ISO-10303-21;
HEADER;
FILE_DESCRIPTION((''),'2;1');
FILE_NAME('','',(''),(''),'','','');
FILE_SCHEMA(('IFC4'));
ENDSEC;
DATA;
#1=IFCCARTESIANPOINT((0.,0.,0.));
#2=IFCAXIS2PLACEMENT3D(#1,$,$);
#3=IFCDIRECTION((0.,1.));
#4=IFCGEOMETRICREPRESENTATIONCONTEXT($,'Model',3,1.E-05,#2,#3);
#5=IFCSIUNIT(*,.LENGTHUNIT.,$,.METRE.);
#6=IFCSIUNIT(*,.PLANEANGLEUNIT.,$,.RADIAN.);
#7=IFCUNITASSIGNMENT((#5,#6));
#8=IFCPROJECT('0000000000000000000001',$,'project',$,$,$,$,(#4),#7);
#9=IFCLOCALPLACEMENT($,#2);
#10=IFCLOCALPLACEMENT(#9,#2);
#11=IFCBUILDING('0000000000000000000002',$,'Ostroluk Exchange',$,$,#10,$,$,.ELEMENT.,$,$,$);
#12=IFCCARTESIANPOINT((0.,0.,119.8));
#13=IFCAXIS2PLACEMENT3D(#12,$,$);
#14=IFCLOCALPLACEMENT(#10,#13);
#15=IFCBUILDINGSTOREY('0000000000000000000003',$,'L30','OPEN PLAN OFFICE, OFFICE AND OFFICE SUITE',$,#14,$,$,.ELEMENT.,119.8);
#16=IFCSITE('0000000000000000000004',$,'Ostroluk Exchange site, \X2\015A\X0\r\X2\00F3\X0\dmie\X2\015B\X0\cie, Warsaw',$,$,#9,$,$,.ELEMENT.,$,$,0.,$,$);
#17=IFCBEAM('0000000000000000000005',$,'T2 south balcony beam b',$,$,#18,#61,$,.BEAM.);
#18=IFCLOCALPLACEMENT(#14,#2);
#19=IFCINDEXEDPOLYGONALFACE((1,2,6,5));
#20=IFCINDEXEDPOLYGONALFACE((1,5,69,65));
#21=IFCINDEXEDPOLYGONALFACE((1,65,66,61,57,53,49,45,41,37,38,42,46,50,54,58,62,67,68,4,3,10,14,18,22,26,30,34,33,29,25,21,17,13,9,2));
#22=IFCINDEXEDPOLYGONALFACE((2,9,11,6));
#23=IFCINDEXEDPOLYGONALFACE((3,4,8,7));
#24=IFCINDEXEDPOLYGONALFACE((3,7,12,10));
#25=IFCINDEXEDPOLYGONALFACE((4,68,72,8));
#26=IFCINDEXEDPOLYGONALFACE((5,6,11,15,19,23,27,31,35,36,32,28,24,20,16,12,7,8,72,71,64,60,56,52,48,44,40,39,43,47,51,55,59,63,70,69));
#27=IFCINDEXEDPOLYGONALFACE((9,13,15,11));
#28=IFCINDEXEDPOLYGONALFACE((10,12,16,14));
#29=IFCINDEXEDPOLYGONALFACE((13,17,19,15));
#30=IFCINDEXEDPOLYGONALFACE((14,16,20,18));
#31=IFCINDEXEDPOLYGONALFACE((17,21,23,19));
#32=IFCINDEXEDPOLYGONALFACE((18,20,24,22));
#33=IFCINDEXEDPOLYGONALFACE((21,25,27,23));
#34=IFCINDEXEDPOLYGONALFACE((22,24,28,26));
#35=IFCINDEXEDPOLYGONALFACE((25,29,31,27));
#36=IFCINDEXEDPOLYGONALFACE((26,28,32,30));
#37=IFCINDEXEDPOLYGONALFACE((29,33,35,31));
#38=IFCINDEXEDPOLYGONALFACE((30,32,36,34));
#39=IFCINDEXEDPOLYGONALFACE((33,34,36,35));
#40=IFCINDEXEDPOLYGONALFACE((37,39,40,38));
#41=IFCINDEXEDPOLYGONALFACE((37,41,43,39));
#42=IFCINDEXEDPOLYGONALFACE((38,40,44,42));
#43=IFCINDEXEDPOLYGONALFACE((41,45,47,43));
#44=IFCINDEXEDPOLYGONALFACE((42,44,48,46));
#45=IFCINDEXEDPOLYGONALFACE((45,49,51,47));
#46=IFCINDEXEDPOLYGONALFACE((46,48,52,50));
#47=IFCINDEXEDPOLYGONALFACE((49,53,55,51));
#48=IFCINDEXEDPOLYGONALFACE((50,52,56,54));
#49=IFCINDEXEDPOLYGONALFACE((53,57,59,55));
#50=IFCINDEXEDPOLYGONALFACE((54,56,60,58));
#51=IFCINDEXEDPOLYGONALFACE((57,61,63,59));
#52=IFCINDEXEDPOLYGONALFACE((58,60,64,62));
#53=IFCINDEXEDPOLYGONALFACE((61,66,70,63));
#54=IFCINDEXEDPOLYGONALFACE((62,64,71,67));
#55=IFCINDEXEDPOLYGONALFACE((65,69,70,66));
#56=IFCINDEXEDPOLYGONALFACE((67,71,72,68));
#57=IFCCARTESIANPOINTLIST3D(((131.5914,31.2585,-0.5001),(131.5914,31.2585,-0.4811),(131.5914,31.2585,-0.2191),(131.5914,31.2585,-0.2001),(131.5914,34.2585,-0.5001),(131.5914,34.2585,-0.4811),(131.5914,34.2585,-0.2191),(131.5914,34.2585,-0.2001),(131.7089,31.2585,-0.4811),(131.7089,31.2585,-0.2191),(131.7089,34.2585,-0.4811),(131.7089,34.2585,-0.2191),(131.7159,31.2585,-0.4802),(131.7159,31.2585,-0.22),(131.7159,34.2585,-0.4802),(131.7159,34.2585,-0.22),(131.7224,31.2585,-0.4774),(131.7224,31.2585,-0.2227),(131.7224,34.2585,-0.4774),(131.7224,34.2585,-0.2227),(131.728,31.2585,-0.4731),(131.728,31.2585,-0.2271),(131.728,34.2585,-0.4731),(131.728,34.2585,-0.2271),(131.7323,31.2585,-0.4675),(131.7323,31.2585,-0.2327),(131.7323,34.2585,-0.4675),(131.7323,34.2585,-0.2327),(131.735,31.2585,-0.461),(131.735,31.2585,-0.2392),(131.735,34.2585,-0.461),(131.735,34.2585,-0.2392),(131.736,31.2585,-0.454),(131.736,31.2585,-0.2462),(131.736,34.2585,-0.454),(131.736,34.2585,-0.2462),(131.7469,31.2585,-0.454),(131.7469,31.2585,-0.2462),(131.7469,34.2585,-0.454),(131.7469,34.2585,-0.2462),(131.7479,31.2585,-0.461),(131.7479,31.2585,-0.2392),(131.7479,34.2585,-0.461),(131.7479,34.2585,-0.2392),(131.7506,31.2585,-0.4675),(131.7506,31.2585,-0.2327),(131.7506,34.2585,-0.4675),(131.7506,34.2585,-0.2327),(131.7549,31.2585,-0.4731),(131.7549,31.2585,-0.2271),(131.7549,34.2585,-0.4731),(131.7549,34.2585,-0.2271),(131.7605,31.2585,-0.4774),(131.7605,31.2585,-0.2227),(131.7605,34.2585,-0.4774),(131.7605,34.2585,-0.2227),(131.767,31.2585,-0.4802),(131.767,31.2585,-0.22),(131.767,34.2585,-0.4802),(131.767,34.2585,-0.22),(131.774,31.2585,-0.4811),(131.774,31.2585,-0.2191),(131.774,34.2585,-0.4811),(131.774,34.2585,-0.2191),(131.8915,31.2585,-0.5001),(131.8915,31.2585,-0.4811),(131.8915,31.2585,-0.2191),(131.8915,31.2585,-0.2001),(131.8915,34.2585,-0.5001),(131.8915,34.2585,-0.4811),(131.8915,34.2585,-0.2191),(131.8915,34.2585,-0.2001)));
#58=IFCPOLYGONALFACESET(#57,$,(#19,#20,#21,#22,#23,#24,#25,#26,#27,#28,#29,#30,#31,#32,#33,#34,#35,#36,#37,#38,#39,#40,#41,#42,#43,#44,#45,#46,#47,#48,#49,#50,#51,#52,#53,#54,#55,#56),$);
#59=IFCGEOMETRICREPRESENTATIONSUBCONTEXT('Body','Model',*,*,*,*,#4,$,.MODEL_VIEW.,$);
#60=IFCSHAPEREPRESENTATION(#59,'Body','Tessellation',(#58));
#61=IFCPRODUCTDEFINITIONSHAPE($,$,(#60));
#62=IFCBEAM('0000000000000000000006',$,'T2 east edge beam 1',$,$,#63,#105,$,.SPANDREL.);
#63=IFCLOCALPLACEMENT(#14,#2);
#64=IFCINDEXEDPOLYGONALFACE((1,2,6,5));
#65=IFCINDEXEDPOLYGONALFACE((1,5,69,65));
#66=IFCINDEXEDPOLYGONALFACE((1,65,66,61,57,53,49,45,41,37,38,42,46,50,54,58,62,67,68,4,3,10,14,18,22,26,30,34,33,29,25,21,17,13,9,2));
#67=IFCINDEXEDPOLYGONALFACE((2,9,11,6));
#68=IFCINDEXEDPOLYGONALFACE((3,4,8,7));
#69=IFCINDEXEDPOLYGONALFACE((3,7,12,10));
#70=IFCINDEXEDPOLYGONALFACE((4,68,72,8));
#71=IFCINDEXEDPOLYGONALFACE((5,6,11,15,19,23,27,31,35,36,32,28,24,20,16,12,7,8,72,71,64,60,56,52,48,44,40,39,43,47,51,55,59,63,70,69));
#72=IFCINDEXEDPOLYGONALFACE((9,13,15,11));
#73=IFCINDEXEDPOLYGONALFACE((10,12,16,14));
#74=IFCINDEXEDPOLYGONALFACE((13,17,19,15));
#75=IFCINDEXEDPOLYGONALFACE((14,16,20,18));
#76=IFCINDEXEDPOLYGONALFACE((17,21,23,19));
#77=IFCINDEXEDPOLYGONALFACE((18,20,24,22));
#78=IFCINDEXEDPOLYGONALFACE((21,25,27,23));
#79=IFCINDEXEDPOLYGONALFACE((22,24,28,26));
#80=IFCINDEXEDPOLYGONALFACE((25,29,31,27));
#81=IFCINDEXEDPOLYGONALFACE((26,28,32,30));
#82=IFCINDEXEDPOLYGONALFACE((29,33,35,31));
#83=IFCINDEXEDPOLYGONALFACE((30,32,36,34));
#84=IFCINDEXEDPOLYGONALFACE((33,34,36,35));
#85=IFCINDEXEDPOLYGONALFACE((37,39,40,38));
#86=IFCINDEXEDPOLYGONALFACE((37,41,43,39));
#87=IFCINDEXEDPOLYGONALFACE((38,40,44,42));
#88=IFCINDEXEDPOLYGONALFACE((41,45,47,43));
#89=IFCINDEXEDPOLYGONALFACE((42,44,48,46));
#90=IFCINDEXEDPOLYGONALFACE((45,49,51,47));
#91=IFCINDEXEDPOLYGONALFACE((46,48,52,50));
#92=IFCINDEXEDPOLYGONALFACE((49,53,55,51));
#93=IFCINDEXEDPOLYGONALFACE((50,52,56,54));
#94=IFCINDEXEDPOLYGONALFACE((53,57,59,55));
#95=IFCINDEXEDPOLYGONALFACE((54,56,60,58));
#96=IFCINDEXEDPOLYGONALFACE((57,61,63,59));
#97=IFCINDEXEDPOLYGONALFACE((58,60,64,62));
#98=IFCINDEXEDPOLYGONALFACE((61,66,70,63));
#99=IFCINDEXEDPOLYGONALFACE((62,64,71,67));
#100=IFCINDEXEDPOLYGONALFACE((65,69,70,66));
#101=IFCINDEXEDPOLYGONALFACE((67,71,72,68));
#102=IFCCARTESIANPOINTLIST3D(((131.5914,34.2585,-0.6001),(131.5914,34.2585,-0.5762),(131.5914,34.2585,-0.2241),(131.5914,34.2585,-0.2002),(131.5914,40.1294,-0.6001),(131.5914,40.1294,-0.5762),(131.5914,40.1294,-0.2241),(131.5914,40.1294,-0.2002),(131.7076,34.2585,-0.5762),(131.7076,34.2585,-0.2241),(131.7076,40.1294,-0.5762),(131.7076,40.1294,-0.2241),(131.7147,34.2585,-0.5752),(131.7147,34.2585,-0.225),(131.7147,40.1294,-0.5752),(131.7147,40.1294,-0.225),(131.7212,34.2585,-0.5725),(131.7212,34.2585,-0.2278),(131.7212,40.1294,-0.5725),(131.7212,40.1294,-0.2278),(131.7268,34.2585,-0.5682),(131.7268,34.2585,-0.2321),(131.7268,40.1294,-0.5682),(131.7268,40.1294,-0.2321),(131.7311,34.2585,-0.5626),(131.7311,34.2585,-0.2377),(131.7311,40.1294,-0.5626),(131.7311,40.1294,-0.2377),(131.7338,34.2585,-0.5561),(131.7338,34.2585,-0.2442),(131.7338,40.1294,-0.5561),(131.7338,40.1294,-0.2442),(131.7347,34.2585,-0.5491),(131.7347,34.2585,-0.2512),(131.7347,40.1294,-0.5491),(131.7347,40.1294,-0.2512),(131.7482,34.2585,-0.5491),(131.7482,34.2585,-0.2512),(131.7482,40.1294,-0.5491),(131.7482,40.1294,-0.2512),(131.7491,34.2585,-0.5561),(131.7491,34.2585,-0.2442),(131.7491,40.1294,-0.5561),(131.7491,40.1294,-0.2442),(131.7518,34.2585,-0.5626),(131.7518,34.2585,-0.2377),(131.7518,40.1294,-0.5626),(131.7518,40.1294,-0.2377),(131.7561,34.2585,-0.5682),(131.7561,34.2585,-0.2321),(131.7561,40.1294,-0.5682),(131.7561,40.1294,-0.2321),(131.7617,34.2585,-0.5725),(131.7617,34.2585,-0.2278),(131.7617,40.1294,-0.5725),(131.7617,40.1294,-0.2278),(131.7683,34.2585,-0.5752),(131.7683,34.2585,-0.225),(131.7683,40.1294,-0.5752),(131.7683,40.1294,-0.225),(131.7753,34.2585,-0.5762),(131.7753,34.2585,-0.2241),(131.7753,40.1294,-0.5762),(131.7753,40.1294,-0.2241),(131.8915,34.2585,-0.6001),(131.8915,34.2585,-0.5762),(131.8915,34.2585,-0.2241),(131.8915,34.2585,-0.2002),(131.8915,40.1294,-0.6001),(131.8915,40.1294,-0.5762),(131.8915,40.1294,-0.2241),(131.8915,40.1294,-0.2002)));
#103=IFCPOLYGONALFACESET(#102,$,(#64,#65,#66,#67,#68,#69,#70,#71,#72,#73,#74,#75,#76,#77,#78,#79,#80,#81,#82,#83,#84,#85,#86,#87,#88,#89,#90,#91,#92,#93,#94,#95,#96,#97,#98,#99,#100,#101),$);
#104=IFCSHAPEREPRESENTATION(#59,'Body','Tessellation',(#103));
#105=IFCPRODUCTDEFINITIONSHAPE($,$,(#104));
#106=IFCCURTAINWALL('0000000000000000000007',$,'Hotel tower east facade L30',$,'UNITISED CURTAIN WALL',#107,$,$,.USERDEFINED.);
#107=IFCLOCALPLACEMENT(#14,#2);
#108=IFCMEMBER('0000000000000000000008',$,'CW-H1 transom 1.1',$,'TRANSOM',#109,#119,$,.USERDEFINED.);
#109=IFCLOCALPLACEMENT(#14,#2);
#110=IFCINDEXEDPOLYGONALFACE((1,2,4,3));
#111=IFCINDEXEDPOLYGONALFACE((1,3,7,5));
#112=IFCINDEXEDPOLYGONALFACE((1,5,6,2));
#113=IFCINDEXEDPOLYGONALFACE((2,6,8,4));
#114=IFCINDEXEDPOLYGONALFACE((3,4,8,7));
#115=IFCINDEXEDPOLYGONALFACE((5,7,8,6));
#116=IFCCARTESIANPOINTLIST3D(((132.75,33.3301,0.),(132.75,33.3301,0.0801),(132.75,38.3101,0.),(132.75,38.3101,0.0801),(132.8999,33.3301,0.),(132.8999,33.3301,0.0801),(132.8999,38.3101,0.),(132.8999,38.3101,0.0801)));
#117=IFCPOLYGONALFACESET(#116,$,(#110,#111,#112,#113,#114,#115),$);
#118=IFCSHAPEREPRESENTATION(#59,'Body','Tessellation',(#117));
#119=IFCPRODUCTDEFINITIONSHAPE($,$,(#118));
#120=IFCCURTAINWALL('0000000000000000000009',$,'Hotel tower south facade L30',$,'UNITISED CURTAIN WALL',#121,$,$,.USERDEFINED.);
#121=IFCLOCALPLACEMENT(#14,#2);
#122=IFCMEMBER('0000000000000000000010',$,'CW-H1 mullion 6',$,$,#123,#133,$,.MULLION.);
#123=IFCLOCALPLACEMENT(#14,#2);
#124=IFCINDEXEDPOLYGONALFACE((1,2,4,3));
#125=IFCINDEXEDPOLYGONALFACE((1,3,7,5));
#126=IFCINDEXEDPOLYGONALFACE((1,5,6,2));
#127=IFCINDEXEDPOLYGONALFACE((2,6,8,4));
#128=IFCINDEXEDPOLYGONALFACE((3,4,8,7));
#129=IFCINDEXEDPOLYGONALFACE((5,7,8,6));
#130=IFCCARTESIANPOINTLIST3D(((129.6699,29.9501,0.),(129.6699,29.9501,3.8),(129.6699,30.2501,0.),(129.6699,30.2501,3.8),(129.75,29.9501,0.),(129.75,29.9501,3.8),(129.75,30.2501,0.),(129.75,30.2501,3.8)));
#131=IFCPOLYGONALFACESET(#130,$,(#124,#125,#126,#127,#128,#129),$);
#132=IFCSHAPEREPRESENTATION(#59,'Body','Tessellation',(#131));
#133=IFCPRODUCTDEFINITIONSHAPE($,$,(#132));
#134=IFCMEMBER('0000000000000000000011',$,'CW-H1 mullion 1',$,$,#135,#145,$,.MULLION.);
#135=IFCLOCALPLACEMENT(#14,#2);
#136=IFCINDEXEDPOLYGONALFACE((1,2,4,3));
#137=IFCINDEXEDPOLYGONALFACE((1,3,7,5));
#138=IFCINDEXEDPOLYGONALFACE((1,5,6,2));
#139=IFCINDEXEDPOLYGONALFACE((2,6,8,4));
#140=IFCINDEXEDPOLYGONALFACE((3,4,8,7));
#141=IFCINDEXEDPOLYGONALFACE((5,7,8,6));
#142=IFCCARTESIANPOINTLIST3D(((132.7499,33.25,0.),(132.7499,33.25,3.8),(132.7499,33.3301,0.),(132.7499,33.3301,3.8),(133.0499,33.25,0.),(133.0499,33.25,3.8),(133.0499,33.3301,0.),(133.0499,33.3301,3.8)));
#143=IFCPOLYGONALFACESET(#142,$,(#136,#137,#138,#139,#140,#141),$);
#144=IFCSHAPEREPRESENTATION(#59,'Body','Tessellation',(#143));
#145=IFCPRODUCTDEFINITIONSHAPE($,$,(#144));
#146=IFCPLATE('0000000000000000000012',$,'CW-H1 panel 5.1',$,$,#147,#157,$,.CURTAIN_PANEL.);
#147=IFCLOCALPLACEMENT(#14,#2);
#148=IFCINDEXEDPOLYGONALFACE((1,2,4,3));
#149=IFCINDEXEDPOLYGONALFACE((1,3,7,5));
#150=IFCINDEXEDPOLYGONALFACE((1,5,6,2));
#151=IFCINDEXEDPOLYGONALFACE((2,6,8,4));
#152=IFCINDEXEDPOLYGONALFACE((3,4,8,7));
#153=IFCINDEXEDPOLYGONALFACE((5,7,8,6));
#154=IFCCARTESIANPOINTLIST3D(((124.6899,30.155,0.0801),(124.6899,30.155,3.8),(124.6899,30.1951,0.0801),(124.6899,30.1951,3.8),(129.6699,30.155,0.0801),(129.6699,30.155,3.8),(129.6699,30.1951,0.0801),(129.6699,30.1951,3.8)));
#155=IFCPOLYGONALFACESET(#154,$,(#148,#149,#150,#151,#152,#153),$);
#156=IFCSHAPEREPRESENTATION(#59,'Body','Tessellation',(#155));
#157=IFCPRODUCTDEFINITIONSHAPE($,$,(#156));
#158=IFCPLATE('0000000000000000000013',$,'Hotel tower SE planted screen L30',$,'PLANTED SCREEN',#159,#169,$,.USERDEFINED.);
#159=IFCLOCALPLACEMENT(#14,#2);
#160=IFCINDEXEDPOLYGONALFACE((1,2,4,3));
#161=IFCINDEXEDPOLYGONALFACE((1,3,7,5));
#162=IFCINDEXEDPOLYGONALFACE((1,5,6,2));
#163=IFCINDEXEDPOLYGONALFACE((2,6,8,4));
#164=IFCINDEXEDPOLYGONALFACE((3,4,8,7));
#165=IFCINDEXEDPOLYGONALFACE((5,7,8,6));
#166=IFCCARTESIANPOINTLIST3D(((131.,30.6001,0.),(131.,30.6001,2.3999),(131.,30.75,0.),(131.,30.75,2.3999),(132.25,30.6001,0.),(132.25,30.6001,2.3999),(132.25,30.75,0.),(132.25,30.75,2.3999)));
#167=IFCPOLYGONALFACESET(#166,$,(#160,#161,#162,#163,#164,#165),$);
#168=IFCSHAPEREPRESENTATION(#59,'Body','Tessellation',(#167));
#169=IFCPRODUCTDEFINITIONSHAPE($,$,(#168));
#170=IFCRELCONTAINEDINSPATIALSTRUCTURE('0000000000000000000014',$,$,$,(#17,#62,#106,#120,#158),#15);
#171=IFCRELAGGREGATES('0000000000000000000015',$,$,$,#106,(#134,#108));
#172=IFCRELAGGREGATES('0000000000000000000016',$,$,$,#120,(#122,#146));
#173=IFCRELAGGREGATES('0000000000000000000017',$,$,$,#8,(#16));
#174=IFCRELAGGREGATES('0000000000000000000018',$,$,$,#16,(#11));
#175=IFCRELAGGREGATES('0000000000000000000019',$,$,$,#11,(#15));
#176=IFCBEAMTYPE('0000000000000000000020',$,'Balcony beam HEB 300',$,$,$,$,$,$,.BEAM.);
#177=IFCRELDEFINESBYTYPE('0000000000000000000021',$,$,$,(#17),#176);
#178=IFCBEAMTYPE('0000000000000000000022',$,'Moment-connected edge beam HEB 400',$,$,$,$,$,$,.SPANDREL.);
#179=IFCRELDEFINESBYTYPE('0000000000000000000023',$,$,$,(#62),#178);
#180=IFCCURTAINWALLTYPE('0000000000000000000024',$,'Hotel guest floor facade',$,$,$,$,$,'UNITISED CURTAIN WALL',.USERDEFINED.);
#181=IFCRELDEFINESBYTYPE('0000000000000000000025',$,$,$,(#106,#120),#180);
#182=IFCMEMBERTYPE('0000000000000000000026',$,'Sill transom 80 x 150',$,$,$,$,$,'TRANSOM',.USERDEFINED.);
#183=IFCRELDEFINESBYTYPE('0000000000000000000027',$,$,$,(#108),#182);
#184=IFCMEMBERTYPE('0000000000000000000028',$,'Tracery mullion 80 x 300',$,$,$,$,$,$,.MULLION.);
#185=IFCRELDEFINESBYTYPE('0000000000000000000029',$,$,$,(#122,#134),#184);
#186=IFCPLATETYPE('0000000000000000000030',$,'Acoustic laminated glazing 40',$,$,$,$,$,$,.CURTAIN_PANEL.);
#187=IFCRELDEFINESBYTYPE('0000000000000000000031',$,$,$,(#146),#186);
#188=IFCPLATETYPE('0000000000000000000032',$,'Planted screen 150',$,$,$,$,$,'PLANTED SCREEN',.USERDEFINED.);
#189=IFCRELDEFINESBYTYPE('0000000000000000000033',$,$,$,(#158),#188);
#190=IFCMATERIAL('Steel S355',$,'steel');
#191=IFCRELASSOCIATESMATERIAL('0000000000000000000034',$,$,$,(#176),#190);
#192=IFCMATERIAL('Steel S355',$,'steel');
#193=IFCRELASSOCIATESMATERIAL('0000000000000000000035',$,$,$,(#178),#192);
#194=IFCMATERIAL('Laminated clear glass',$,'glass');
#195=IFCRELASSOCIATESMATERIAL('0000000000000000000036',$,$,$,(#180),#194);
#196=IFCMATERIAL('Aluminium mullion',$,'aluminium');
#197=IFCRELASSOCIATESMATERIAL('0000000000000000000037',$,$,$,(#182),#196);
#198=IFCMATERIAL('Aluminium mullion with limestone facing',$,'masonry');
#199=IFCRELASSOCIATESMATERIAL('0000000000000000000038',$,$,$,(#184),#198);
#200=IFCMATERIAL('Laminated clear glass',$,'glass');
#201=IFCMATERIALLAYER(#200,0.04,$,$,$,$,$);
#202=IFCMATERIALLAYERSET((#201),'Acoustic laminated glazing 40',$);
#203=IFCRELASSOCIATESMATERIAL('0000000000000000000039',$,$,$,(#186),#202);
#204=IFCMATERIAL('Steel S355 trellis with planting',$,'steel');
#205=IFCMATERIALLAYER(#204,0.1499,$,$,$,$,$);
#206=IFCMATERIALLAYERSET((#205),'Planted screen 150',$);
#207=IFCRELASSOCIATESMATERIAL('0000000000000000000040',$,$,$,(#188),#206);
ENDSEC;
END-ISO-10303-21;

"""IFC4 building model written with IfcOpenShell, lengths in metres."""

from ifc_helpers import new_model, si_unit, direction, frame, origin, origin_2d, place, context, subcontext, project, spatial, rectangle, i_section, extrude, material, layer, layer_set, material_profile, profile_set, type_object, element, aggregate, save


model = new_model("IFC4")

# Units and contexts
model_context = context("Model", 3, precision=1e-05, world=origin(), true_north=direction((0.0, 1.0)))
body_context = subcontext(model_context, "Body", "Model", "MODEL_VIEW")
ifc_project = project(units=[si_unit("LENGTHUNIT", "METRE"), si_unit("PLANEANGLEUNIT", "RADIAN")], contexts=[model_context])

# Site, building, storey
site_placement = place(None, origin())
site = spatial("IfcSite", under=ifc_project, at=site_placement, Name="Ostroluk Exchange site, Śródmieście, Warsaw", CompositionType="ELEMENT", RefElevation=0.0)
building_placement = place(site_placement, origin())
building = spatial("IfcBuilding", under=site, at=building_placement, Name="Ostroluk Exchange", CompositionType="ELEMENT")
storey_placement = place(building_placement, frame((0.0, 0.0, 119.8)))
storey = spatial("IfcBuildingStorey", under=building, at=storey_placement, Name="L30", Description="OPEN PLAN OFFICE, OFFICE AND OFFICE SUITE", CompositionType="ELEMENT", Elevation=119.8)

# Beams
ifc_material_1 = material(Name="Steel S355", Category="steel")
ifc_material_profile_1 = material_profile(ifc_material_1, i_section(OverallWidth=0.3, OverallDepth=0.3, WebThickness=0.011, FlangeThickness=0.019, FilletRadius=0.0271, at=origin_2d()), Name="HEB 300")
ifc_profile_set_1 = profile_set([ifc_material_profile_1], Name="Steel S355")
beam_type_1 = type_object("IfcBeamType", Name="Balcony beam HEB 300", PredefinedType="BEAM", material=ifc_profile_set_1)
for number, where, z_axis, x_axis, name in (
    (1, (131.7415, 34.2585, -0.3501), (0.0, -1.0, 0.0), (1.0, 0.0, 0.0), "T2 south balcony beam b"),
):
    element("IfcBeam", number, at=place(storey_placement, frame(where, z_axis=z_axis, x_axis=x_axis)), inside=storey, type_object=beam_type_1, Name=name, PredefinedType="BEAM", context=body_context, shape_type="SweptSolid", body=[
        extrude(i_section(OverallWidth=0.3, OverallDepth=0.3, WebThickness=0.011, FlangeThickness=0.019, FilletRadius=0.0271, at=origin_2d()), origin(), (0.0, 0.0, 1.0), 3.0),
    ])
ifc_material_2 = material(Name="Steel S355", Category="steel")
ifc_material_profile_2 = material_profile(ifc_material_2, i_section(OverallWidth=0.3, OverallDepth=0.3999, WebThickness=0.0134, FlangeThickness=0.0239, FilletRadius=0.0271, at=origin_2d()), Name="HEB 400")
ifc_profile_set_2 = profile_set([ifc_material_profile_2], Name="Steel S355")
beam_type_2 = type_object("IfcBeamType", Name="Moment-connected edge beam HEB 400", PredefinedType="SPANDREL", material=ifc_profile_set_2)
beam_placement = place(storey_placement, frame((131.7415, 34.2585, -0.4001), z_axis=(0.0, 1.0, 0.0), x_axis=(-1.0, 0.0, 0.0)))
element("IfcBeam", 2, at=beam_placement, inside=storey, type_object=beam_type_2, Name="T2 east edge beam 1", PredefinedType="SPANDREL", context=body_context, shape_type="SweptSolid", body=[
    extrude(i_section(OverallWidth=0.3, OverallDepth=0.3999, WebThickness=0.0134, FlangeThickness=0.0239, FilletRadius=0.0271, at=origin_2d()), origin(), (0.0, 0.0, 1.0), 5.8708),
])

# Curtain walls, members
ifc_material_3 = material(Name="Laminated clear glass", Category="glass")
curtain_wall_type = type_object("IfcCurtainWallType", Name="Hotel guest floor facade", ElementType="UNITISED CURTAIN WALL", PredefinedType="USERDEFINED", material=ifc_material_3)
curtain_wall_1_placement = place(storey_placement, origin())
curtain_wall_1 = element("IfcCurtainWall", 3, at=curtain_wall_1_placement, inside=storey, type_object=curtain_wall_type, Name="Hotel tower east facade L30", ObjectType="UNITISED CURTAIN WALL", PredefinedType="USERDEFINED")
ifc_material_4 = material(Name="Aluminium mullion", Category="aluminium")
ifc_material_profile_3 = material_profile(ifc_material_4, rectangle(XDim=0.1499, YDim=0.0801, at=origin_2d()), Name="Sill transom 80 x 150")
ifc_profile_set_3 = profile_set([ifc_material_profile_3], Name="Aluminium mullion")
member_type_1 = type_object("IfcMemberType", Name="Sill transom 80 x 150", ElementType="TRANSOM", PredefinedType="USERDEFINED", material=ifc_profile_set_3)
member_1_placement = place(storey_placement, frame((132.825, 33.3301, 0.04), z_axis=(0.0, 1.0, 0.0), x_axis=(-1.0, 0.0, 0.0)))
member_1 = element("IfcMember", 4, at=member_1_placement, type_object=member_type_1, Name="CW-H1 transom 1.1", ObjectType="TRANSOM", PredefinedType="USERDEFINED", context=body_context, shape_type="SweptSolid", body=[
    extrude(rectangle(XDim=0.1499, YDim=0.0801, at=origin_2d()), origin(), (0.0, 0.0, 1.0), 4.98),
])
curtain_wall_2_placement = place(storey_placement, origin())
curtain_wall_2 = element("IfcCurtainWall", 5, at=curtain_wall_2_placement, inside=storey, type_object=curtain_wall_type, Name="Hotel tower south facade L30", ObjectType="UNITISED CURTAIN WALL", PredefinedType="USERDEFINED")
ifc_material_5 = material(Name="Aluminium mullion with limestone facing", Category="masonry")
ifc_material_profile_4 = material_profile(ifc_material_5, rectangle(XDim=0.3, YDim=0.0801, at=origin_2d()), Name="Tracery mullion 80 x 300")
ifc_profile_set_4 = profile_set([ifc_material_profile_4], Name="Aluminium mullion with limestone facing")
member_type_2 = type_object("IfcMemberType", Name="Tracery mullion 80 x 300", PredefinedType="MULLION", material=ifc_profile_set_4)
member_2_placement = place(storey_placement, frame((129.71, 30.1001, 0.0), z_axis=(0.0, 0.0, 1.0), x_axis=(0.0, 1.0, 0.0)))
member_2 = element("IfcMember", 6, at=member_2_placement, type_object=member_type_2, Name="CW-H1 mullion 6", PredefinedType="MULLION", context=body_context, shape_type="SweptSolid", body=[
    extrude(rectangle(XDim=0.3, YDim=0.0801, at=origin_2d()), origin(), (0.0, 0.0, 1.0), 3.8),
])

# Member
member_3_placement = place(storey_placement, frame((132.8999, 33.29, 0.0), z_axis=(0.0, 0.0, 1.0), x_axis=(-1.0, 0.0, 0.0)))
member_3 = element("IfcMember", 7, at=member_3_placement, type_object=member_type_2, Name="CW-H1 mullion 1", PredefinedType="MULLION", context=body_context, shape_type="SweptSolid", body=[
    extrude(rectangle(XDim=0.3, YDim=0.0801, at=origin_2d()), origin(), (0.0, 0.0, 1.0), 3.8),
])
aggregate(curtain_wall_1, [member_3, member_1])

# Plates
ifc_material_6 = material(Name="Laminated clear glass", Category="glass")
ifc_layer_1 = layer(ifc_material_6, 0.04)
ifc_layer_set_1 = layer_set([ifc_layer_1], Name="Acoustic laminated glazing 40")
plate_type_1 = type_object("IfcPlateType", Name="Acoustic laminated glazing 40", PredefinedType="CURTAIN_PANEL", material=ifc_layer_set_1)
plate_1_placement = place(storey_placement, frame((127.1799, 30.175, 0.0801), z_axis=(0.0, 0.0, 1.0), x_axis=(1.0, 0.0, 0.0)))
plate_1 = element("IfcPlate", 8, at=plate_1_placement, type_object=plate_type_1, Name="CW-H1 panel 5.1", PredefinedType="CURTAIN_PANEL", context=body_context, shape_type="SweptSolid", body=[
    extrude(rectangle(XDim=4.98, YDim=0.04, at=origin_2d()), origin(), (0.0, 0.0, 1.0), 3.72),
])
aggregate(curtain_wall_2, [member_2, plate_1])
ifc_material_7 = material(Name="Steel S355 trellis with planting", Category="steel")
ifc_layer_2 = layer(ifc_material_7, 0.1499)
ifc_layer_set_2 = layer_set([ifc_layer_2], Name="Planted screen 150")
plate_type_2 = type_object("IfcPlateType", Name="Planted screen 150", ElementType="PLANTED SCREEN", PredefinedType="USERDEFINED", material=ifc_layer_set_2)
plate_2_placement = place(storey_placement, frame((131.625, 30.675, 0.0), z_axis=(0.0, 0.0, 1.0), x_axis=(1.0, 0.0, 0.0)))
element("IfcPlate", 9, at=plate_2_placement, inside=storey, type_object=plate_type_2, Name="Hotel tower SE planted screen L30", ObjectType="PLANTED SCREEN", PredefinedType="USERDEFINED", context=body_context, shape_type="SweptSolid", body=[
    extrude(rectangle(XDim=1.25, YDim=0.1499, at=origin_2d()), origin(), (0.0, 0.0, 1.0), 2.3999),
])

save(model, "model.ifc")
